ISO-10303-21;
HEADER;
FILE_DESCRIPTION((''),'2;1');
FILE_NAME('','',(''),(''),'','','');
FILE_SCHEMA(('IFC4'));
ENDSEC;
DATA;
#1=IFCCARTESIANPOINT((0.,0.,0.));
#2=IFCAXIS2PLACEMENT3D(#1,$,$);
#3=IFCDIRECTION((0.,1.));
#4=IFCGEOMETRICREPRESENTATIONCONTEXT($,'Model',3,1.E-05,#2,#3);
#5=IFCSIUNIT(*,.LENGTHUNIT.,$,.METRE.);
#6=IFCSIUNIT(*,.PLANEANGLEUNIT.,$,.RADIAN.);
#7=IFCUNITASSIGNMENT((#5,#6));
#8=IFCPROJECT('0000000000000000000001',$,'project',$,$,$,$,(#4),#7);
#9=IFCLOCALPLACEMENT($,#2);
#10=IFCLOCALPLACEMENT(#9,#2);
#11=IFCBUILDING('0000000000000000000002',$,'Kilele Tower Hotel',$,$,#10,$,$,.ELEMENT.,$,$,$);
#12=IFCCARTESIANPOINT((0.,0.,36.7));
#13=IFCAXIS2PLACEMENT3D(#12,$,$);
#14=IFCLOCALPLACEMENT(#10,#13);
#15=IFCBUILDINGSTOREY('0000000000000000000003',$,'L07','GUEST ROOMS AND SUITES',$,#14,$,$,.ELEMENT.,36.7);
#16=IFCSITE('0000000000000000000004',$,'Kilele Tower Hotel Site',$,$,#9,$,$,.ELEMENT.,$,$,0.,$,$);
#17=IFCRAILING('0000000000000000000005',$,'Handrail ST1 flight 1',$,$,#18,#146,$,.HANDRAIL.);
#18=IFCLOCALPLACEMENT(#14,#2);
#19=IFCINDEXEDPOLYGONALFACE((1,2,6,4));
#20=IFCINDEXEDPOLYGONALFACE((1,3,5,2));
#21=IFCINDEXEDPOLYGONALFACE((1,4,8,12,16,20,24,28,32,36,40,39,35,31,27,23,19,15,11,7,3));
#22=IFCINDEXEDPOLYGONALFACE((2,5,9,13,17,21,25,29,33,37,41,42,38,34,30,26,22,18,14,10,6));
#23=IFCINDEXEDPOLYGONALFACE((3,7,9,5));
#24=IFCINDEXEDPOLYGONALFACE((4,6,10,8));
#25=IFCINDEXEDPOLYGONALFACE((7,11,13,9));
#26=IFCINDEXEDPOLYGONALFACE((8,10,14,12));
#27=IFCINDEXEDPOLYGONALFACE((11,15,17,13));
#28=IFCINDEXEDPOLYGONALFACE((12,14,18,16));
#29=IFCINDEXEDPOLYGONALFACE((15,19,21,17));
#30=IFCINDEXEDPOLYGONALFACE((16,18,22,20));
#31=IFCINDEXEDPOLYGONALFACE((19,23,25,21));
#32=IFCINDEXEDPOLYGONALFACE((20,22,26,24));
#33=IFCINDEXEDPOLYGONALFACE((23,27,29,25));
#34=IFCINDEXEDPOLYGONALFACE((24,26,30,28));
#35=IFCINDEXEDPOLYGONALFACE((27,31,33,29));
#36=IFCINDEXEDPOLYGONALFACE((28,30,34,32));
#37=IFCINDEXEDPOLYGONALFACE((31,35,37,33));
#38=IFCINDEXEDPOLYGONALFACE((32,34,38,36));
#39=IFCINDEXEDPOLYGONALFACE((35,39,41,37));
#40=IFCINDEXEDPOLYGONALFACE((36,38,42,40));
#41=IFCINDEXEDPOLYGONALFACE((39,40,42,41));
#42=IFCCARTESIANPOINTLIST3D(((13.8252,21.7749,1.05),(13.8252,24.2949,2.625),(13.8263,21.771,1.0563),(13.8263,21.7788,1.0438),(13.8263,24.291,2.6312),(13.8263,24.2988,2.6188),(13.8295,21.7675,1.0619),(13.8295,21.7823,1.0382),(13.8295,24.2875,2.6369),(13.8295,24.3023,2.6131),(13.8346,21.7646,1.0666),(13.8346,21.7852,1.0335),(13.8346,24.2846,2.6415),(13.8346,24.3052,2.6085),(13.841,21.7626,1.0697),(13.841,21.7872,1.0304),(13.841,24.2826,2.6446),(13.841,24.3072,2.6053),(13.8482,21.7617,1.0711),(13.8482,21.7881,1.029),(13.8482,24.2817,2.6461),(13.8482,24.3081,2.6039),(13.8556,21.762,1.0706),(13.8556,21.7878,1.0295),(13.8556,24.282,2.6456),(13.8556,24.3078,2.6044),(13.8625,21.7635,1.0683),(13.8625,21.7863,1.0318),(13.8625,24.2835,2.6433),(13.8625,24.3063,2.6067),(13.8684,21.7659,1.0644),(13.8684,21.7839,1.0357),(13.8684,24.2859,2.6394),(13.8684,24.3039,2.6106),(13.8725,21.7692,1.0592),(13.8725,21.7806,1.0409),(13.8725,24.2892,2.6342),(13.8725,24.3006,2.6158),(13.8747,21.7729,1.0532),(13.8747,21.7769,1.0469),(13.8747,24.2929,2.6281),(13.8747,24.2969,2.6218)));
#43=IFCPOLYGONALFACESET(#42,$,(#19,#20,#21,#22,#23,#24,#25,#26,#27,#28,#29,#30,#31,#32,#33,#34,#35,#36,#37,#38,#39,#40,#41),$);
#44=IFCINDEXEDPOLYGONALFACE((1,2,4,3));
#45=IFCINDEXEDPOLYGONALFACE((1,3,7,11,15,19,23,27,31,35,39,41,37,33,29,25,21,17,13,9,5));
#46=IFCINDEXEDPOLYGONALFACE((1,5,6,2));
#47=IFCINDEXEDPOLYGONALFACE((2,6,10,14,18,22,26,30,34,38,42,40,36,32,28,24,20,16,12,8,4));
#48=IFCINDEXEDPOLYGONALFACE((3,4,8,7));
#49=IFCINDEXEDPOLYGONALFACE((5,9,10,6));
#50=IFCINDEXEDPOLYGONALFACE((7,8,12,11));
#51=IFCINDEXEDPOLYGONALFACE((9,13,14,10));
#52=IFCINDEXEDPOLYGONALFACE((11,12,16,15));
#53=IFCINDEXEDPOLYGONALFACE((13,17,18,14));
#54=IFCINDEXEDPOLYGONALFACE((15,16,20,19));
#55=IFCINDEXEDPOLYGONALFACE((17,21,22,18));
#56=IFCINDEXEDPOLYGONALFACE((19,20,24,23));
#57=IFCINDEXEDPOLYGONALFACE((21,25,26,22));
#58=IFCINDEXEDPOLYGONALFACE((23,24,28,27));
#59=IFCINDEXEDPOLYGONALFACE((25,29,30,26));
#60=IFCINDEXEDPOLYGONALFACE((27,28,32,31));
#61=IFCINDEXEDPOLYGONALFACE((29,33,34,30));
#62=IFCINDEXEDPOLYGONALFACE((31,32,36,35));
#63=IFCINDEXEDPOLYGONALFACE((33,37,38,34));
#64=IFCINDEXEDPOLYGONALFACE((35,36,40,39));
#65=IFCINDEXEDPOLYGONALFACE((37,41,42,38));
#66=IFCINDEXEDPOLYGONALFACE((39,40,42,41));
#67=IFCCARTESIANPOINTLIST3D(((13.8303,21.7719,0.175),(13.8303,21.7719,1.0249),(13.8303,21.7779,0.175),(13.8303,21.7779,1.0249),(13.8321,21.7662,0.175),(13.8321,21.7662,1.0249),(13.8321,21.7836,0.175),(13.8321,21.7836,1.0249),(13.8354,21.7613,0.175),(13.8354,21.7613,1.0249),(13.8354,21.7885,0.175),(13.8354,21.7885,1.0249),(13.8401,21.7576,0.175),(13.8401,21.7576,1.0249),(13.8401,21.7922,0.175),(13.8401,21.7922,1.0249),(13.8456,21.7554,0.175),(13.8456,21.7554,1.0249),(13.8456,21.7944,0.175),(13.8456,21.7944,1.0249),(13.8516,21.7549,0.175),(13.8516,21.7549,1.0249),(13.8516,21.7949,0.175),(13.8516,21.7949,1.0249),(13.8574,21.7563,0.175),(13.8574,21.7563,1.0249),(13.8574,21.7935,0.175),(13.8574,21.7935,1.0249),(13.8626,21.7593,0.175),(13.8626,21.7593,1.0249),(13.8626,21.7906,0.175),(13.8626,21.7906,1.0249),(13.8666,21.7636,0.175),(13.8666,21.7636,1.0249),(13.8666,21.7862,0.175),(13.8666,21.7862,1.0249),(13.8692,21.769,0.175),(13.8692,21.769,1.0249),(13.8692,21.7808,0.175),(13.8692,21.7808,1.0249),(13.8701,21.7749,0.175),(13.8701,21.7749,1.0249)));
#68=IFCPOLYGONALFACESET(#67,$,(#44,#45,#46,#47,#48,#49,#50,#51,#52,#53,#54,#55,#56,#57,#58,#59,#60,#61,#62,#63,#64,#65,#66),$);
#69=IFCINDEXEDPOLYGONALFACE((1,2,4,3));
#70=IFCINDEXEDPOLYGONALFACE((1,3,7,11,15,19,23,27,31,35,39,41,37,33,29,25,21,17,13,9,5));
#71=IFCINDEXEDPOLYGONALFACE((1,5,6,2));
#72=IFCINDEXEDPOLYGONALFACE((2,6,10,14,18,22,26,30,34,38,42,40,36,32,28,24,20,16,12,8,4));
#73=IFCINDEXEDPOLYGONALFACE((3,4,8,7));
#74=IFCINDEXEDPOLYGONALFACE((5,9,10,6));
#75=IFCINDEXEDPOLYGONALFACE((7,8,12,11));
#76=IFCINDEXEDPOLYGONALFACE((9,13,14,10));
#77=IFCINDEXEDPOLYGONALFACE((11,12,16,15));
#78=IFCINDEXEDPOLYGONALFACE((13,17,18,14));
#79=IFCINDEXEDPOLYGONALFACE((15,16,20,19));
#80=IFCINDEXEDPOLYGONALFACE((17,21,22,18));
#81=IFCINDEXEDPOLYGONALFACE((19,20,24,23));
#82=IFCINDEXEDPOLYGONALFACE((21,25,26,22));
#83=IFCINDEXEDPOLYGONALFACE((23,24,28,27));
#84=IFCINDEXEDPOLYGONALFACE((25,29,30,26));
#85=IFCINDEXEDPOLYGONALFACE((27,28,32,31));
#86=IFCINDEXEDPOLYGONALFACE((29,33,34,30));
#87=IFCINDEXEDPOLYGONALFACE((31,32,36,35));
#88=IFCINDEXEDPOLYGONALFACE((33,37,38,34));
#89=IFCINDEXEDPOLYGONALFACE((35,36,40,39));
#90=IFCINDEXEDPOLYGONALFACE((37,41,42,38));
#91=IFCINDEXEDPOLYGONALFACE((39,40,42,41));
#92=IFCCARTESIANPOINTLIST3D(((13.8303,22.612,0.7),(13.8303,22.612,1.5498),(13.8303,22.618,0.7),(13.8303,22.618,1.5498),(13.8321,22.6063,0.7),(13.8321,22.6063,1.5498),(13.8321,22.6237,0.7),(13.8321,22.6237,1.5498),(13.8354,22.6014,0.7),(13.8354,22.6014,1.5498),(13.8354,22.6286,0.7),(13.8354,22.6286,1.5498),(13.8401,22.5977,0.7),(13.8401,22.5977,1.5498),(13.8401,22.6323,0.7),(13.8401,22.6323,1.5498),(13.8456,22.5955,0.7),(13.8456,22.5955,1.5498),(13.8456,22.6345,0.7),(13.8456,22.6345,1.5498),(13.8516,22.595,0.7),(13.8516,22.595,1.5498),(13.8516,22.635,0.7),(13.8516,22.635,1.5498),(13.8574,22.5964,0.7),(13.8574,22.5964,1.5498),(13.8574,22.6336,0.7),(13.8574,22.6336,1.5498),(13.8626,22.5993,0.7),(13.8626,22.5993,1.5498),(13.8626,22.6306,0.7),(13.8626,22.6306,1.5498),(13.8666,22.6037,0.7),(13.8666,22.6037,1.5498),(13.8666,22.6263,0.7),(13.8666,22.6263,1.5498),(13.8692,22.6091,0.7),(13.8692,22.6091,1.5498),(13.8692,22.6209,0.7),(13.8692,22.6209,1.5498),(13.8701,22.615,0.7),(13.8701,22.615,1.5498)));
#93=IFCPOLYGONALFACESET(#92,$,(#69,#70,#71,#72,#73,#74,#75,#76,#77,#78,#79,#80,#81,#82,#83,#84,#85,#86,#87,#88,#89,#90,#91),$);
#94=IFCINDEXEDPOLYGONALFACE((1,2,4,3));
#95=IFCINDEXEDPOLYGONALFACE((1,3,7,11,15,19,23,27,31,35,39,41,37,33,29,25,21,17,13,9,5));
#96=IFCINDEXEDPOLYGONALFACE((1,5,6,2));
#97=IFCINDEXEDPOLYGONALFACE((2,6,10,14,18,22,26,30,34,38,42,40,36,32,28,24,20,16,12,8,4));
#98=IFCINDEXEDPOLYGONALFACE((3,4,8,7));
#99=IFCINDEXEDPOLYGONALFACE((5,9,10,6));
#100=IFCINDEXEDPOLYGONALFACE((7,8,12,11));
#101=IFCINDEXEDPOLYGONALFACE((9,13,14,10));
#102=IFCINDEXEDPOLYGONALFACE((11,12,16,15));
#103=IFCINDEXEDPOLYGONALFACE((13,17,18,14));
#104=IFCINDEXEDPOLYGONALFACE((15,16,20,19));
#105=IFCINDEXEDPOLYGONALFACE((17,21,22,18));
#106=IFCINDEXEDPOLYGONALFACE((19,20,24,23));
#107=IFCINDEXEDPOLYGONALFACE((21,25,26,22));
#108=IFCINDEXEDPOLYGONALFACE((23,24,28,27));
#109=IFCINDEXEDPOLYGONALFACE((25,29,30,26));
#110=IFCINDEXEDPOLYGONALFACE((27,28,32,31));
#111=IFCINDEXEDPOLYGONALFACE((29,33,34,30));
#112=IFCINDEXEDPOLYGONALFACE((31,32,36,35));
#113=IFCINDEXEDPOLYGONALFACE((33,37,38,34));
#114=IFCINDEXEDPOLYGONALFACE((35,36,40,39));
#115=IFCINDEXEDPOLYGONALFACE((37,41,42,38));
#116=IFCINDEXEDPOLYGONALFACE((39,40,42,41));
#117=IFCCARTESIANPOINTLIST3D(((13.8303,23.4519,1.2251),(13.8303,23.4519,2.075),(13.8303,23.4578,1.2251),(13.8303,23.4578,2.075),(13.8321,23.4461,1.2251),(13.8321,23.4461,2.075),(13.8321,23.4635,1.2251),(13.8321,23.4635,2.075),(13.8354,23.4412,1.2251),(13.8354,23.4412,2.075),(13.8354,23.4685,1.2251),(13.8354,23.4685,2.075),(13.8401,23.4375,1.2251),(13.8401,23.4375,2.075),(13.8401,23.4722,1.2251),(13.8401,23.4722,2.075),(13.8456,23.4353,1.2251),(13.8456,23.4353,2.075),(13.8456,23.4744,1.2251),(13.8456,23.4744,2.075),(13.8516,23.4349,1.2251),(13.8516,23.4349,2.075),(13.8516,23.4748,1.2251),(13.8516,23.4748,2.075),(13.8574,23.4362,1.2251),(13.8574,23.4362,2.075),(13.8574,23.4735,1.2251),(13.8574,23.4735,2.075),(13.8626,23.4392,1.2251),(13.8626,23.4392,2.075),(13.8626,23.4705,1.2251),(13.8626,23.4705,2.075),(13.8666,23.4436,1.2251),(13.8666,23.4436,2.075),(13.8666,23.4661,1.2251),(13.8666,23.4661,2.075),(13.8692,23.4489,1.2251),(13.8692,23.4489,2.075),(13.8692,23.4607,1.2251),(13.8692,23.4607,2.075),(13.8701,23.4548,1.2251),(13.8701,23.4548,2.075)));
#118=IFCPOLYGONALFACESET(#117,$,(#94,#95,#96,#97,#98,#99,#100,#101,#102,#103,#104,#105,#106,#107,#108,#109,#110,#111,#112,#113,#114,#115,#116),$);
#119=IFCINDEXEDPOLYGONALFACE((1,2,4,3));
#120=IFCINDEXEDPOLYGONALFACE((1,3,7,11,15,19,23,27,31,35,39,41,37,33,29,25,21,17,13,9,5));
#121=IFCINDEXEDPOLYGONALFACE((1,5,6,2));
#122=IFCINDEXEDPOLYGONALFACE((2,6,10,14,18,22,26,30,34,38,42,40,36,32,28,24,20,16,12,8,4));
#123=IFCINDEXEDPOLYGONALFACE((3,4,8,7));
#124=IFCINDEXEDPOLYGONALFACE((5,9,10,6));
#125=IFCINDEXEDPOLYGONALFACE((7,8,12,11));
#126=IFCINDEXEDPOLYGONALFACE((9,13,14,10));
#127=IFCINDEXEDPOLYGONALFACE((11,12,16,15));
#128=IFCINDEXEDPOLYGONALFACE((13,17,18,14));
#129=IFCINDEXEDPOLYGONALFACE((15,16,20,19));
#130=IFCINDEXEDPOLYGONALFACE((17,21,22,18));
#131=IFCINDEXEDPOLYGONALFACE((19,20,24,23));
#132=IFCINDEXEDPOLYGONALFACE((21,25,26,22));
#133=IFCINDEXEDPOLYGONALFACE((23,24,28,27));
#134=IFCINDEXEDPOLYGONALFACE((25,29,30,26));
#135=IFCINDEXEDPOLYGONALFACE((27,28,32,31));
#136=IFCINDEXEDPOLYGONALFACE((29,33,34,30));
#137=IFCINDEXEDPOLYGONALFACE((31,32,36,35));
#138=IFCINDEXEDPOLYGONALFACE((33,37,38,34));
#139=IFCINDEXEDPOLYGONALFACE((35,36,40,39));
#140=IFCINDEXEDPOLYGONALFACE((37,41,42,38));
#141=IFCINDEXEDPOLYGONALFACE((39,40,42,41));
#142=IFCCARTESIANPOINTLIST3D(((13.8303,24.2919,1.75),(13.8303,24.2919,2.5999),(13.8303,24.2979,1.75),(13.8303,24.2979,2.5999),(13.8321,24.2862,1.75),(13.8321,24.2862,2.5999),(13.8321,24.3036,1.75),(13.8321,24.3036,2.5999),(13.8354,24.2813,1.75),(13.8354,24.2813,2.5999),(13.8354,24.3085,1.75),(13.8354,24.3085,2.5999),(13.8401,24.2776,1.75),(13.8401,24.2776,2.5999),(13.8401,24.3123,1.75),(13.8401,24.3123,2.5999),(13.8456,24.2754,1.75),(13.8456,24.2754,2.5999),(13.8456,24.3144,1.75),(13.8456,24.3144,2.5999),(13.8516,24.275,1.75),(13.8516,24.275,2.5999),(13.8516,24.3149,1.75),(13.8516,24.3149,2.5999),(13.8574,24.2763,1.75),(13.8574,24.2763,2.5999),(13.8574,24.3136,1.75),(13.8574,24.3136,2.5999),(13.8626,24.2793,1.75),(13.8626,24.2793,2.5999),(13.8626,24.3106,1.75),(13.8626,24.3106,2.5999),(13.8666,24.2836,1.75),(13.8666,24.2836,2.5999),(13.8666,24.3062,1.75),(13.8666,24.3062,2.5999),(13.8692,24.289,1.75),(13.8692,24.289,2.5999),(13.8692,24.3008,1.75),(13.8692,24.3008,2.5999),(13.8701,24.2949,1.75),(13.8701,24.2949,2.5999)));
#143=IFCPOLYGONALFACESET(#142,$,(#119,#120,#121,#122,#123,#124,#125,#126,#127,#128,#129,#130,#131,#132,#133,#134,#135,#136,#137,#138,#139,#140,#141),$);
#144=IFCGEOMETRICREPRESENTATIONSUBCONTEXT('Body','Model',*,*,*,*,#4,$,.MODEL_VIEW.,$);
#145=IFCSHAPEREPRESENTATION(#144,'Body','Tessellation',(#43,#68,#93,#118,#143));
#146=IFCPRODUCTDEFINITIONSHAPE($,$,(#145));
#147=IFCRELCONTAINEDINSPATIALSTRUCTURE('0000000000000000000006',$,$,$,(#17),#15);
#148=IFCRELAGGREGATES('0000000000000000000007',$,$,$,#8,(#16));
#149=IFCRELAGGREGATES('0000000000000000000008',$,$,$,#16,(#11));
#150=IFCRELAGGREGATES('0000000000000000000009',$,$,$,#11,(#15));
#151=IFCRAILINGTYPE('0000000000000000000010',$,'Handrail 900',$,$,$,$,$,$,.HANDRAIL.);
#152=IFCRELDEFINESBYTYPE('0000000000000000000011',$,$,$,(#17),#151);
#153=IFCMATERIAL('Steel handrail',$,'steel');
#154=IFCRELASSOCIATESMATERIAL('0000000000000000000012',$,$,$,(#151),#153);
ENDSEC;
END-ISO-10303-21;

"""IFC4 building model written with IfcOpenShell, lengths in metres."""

from ifc_helpers import new_model, si_unit, direction, frame, origin, origin_2d, place, context, subcontext, project, spatial, circle, extrude, material, type_object, element, save


model = new_model("IFC4")

# Units and contexts
model_context = context("Model", 3, precision=1e-05, world=origin(), true_north=direction((0.0, 1.0)))
body_context = subcontext(model_context, "Body", "Model", "MODEL_VIEW")
ifc_project = project(units=[si_unit("LENGTHUNIT", "METRE"), si_unit("PLANEANGLEUNIT", "RADIAN")], contexts=[model_context])

# Site, building, storey
site_placement = place(None, origin())
site = spatial("IfcSite", under=ifc_project, at=site_placement, Name="Kilele Tower Hotel Site", CompositionType="ELEMENT", RefElevation=0.0)
building_placement = place(site_placement, origin())
building = spatial("IfcBuilding", under=site, at=building_placement, Name="Kilele Tower Hotel", CompositionType="ELEMENT")
storey_placement = place(building_placement, frame((0.0, 0.0, 36.7)))
storey = spatial("IfcBuildingStorey", under=building, at=storey_placement, Name="L07", Description="GUEST ROOMS AND SUITES", CompositionType="ELEMENT", Elevation=36.7)

# Railing
ifc_material_1 = material(Name="Steel handrail", Category="steel")
railing_type_1 = type_object("IfcRailingType", Name="Handrail 900", PredefinedType="HANDRAIL", material=ifc_material_1)
for number, where, name in (
    (1, (13.8501, 21.7749, 0.175), "Handrail ST1 flight 1"),
):
    element("IfcRailing", number, at=place(storey_placement, frame(where)), inside=storey, type_object=railing_type_1, Name=name, PredefinedType="HANDRAIL", context=body_context, shape_type="SweptSolid", body=[
        extrude(circle(Radius=0.0249, at=origin_2d()), frame((0.0, 0.0, 0.875), z_axis=(0.0, 0.848008, 0.529984), x_axis=(-1.0, 0.0, 0.0)), (0.0, 0.0, 1.0), 2.9717),
        extrude(circle(Radius=0.02, at=origin_2d()), origin(), (0.0, 0.0, 1.0), 0.8499),
        extrude(circle(Radius=0.02, at=origin_2d()), frame((0.0, 0.8401, 0.5249)), (0.0, 0.0, 1.0), 0.8499),
        extrude(circle(Radius=0.02, at=origin_2d()), frame((0.0, 1.6799, 1.05)), (0.0, 0.0, 1.0), 0.8499),
        extrude(circle(Radius=0.02, at=origin_2d()), frame((0.0, 2.52, 1.575)), (0.0, 0.0, 1.0), 0.8499),
    ])

save(model, "model.ifc")
